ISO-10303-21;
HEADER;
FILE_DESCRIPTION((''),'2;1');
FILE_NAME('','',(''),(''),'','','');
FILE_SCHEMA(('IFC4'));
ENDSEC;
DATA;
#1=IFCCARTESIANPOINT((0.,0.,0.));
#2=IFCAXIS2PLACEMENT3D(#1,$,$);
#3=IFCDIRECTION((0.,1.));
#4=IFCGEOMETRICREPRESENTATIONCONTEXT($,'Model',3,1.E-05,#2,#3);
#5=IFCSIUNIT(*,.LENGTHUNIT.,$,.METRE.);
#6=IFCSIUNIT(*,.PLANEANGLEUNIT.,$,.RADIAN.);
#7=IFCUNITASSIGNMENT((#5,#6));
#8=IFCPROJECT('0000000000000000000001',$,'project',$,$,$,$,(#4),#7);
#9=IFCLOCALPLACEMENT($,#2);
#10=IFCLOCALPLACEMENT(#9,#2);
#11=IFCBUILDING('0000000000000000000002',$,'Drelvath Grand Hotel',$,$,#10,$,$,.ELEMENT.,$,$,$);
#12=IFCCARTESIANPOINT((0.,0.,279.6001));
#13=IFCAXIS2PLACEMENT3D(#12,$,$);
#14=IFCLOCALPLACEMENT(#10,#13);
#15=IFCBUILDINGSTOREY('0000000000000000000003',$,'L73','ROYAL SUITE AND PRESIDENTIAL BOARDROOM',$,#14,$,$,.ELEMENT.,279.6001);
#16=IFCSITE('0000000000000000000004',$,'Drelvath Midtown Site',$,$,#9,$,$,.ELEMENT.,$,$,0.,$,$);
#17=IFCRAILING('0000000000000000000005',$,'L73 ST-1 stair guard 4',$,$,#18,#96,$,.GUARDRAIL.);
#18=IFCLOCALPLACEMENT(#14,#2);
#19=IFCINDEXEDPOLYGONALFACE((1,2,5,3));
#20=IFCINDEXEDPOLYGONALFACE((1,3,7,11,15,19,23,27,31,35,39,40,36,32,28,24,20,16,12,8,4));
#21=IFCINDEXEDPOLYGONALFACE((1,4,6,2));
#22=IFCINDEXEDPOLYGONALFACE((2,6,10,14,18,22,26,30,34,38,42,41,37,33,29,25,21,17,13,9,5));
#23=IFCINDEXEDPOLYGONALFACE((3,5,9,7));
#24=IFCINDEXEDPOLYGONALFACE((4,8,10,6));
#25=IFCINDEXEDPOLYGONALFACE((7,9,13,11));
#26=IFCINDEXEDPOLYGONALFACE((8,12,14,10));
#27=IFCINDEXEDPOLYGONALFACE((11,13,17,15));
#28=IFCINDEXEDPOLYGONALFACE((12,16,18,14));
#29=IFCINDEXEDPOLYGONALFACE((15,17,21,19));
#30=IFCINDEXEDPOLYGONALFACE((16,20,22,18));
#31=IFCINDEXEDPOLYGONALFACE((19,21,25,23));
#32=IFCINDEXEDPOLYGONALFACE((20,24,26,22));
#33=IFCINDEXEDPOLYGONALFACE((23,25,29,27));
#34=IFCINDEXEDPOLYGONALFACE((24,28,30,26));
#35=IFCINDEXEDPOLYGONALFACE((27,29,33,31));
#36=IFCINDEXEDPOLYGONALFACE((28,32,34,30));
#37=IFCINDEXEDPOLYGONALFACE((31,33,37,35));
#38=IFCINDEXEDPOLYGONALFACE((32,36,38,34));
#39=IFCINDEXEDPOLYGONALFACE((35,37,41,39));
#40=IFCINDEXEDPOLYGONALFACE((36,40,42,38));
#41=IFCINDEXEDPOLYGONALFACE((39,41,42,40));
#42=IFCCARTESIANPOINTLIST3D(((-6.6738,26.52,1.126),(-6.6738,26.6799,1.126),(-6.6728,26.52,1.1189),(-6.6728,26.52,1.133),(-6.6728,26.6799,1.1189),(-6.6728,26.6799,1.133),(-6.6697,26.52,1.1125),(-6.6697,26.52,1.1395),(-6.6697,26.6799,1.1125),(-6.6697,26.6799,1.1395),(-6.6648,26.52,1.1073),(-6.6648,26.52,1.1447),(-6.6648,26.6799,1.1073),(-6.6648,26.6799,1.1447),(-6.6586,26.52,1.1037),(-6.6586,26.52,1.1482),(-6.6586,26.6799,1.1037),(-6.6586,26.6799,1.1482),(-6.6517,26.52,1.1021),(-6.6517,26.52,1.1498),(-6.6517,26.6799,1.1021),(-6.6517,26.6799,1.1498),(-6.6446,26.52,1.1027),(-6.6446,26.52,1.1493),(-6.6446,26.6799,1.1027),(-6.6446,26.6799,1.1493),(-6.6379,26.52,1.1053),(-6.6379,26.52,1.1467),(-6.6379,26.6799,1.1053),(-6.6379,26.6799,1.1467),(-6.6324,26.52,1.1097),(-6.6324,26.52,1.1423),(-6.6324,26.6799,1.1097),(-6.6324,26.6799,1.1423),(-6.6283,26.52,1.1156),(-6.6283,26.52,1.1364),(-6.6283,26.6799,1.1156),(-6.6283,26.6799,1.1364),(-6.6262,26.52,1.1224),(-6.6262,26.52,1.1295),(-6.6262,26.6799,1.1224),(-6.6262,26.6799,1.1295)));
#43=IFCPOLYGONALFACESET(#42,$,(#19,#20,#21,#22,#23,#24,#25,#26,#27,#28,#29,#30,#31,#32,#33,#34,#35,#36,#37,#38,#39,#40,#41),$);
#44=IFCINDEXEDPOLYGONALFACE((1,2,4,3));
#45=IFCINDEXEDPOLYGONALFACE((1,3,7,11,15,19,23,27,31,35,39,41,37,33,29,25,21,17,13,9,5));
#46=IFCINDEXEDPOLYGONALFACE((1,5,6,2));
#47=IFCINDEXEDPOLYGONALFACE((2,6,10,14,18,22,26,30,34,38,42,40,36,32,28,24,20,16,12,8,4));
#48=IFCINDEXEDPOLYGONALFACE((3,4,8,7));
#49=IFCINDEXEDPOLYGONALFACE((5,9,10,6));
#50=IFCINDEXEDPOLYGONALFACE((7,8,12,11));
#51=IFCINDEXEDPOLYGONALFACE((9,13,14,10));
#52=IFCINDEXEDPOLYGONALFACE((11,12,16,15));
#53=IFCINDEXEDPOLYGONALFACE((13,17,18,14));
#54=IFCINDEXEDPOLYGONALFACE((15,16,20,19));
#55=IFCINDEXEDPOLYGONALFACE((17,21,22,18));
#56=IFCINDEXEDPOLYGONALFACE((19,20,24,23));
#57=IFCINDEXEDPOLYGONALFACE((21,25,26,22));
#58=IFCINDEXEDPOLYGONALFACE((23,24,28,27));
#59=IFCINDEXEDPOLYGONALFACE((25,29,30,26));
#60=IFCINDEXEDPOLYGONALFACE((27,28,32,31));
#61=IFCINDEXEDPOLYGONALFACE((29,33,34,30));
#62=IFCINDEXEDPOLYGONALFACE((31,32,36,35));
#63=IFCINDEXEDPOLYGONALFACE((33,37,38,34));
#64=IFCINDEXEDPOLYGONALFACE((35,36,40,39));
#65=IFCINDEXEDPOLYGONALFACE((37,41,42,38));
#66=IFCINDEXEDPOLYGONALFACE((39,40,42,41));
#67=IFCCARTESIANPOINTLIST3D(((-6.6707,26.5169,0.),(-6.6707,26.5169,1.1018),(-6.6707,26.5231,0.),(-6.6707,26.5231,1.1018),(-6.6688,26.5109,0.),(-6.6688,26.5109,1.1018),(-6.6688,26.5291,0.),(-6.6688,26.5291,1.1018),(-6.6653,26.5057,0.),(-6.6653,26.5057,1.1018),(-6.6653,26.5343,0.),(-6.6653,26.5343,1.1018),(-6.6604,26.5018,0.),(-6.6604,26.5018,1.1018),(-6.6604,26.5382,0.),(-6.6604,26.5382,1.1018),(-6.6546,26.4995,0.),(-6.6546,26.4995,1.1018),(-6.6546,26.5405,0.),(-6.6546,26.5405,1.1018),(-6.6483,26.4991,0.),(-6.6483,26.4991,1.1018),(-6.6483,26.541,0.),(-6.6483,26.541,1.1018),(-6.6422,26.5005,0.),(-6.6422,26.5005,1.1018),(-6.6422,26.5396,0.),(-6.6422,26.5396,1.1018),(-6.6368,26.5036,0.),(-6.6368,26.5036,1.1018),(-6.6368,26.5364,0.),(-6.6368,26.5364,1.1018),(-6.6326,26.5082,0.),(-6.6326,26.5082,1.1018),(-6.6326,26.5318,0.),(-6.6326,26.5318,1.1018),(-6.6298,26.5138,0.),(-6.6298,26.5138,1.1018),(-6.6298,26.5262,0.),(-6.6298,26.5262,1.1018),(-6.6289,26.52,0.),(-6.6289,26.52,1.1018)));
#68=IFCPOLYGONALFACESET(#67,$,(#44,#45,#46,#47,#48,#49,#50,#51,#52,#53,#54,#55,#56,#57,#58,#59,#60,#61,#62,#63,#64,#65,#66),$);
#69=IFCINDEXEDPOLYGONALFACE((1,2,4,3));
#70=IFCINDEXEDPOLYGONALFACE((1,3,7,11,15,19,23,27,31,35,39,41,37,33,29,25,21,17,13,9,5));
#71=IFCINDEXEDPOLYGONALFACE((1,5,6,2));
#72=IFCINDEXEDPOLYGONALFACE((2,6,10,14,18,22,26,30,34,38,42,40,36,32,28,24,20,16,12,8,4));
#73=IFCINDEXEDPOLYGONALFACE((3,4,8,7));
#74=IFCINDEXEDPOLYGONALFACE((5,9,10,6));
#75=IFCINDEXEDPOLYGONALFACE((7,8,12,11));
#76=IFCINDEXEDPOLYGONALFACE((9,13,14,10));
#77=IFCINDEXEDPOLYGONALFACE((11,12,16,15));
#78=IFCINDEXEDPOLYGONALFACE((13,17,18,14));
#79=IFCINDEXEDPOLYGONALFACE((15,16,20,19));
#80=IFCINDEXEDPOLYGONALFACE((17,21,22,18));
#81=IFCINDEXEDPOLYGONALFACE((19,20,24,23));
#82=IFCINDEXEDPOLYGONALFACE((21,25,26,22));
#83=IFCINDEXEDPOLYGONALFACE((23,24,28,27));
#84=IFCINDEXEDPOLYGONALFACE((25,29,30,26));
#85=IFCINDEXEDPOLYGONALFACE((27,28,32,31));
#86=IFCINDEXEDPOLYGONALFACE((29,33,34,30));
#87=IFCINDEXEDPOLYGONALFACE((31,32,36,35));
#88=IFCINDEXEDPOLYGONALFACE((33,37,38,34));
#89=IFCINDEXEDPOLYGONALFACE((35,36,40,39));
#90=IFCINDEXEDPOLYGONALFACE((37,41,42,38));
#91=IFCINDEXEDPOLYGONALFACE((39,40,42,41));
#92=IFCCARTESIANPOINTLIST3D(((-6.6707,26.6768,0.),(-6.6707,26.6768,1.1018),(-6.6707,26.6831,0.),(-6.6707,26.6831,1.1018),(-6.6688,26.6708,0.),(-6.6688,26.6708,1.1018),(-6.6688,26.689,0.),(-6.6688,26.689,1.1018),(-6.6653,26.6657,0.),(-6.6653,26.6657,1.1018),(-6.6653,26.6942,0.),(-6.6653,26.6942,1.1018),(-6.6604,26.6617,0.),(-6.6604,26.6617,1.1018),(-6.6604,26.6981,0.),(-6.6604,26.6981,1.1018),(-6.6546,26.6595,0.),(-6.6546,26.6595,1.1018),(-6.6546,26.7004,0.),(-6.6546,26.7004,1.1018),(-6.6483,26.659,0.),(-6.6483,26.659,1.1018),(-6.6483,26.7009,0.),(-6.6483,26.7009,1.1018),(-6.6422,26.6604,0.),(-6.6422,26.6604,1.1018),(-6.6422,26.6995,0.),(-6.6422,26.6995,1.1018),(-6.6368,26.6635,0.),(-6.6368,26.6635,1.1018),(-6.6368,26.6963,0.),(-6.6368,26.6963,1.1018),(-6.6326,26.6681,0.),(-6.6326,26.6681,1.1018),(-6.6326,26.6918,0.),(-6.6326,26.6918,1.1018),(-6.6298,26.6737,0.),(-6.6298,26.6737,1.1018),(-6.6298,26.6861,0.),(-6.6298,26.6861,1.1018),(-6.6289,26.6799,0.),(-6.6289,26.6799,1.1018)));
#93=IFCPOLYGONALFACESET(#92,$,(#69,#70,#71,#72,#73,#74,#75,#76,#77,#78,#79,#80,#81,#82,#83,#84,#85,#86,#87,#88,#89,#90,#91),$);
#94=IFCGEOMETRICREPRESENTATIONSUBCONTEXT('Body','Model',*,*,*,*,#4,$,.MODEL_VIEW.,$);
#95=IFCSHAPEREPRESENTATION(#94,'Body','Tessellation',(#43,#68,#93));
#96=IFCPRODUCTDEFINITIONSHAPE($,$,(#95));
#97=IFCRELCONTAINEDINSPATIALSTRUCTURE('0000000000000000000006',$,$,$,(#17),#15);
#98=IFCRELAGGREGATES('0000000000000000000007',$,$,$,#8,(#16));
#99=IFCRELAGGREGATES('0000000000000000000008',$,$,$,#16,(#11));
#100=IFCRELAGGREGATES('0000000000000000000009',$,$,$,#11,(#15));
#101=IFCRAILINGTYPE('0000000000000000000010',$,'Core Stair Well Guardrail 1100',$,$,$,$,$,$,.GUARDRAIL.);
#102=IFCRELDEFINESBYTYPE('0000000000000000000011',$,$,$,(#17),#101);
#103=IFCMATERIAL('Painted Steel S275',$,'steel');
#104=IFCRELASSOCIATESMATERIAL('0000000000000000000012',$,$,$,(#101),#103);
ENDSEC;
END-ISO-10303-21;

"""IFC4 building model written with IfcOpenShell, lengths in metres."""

from ifc_helpers import new_model, si_unit, direction, frame, origin, origin_2d, place, context, subcontext, project, spatial, circle, extrude, material, type_object, element, save


model = new_model("IFC4")

# Units and contexts
model_context = context("Model", 3, precision=1e-05, world=origin(), true_north=direction((0.0, 1.0)))
body_context = subcontext(model_context, "Body", "Model", "MODEL_VIEW")
ifc_project = project(units=[si_unit("LENGTHUNIT", "METRE"), si_unit("PLANEANGLEUNIT", "RADIAN")], contexts=[model_context])

# Site, building, storey
site_placement = place(None, origin())
site = spatial("IfcSite", under=ifc_project, at=site_placement, Name="Drelvath Midtown Site", CompositionType="ELEMENT", RefElevation=0.0)
building_placement = place(site_placement, origin())
building = spatial("IfcBuilding", under=site, at=building_placement, Name="Drelvath Grand Hotel", CompositionType="ELEMENT")
storey_placement = place(building_placement, frame((0.0, 0.0, 279.6001)))
storey = spatial("IfcBuildingStorey", under=building, at=storey_placement, Name="L73", Description="ROYAL SUITE AND PRESIDENTIAL BOARDROOM", CompositionType="ELEMENT", Elevation=279.6001)

# Shared definitions
ifc_material_1 = material(Name="Painted Steel S275", Category="steel")

# Railing
railing_type_1 = type_object("IfcRailingType", Name="Core Stair Well Guardrail 1100", PredefinedType="GUARDRAIL", material=ifc_material_1)
railing_1_placement = place(storey_placement, frame((-6.6499, 26.52, 0.0)))
element("IfcRailing", 1, at=railing_1_placement, inside=storey, type_object=railing_type_1, Name="L73 ST-1 stair guard 4", PredefinedType="GUARDRAIL", context=body_context, shape_type="SweptSolid", body=[
    extrude(circle(Radius=0.0239, at=origin_2d()), frame((0.0, 0.0, 1.126), z_axis=(0.0, 1.0, 0.0), x_axis=(-1.0, 0.0, 0.0)), (0.0, 0.0, 1.0), 0.1599),
    extrude(circle(Radius=0.021, at=origin_2d()), origin(), (0.0, 0.0, 1.0), 1.1018),
    extrude(circle(Radius=0.021, at=origin_2d()), frame((0.0, 0.1599, 0.0)), (0.0, 0.0, 1.0), 1.1018),
])

save(model, "model.ifc")
